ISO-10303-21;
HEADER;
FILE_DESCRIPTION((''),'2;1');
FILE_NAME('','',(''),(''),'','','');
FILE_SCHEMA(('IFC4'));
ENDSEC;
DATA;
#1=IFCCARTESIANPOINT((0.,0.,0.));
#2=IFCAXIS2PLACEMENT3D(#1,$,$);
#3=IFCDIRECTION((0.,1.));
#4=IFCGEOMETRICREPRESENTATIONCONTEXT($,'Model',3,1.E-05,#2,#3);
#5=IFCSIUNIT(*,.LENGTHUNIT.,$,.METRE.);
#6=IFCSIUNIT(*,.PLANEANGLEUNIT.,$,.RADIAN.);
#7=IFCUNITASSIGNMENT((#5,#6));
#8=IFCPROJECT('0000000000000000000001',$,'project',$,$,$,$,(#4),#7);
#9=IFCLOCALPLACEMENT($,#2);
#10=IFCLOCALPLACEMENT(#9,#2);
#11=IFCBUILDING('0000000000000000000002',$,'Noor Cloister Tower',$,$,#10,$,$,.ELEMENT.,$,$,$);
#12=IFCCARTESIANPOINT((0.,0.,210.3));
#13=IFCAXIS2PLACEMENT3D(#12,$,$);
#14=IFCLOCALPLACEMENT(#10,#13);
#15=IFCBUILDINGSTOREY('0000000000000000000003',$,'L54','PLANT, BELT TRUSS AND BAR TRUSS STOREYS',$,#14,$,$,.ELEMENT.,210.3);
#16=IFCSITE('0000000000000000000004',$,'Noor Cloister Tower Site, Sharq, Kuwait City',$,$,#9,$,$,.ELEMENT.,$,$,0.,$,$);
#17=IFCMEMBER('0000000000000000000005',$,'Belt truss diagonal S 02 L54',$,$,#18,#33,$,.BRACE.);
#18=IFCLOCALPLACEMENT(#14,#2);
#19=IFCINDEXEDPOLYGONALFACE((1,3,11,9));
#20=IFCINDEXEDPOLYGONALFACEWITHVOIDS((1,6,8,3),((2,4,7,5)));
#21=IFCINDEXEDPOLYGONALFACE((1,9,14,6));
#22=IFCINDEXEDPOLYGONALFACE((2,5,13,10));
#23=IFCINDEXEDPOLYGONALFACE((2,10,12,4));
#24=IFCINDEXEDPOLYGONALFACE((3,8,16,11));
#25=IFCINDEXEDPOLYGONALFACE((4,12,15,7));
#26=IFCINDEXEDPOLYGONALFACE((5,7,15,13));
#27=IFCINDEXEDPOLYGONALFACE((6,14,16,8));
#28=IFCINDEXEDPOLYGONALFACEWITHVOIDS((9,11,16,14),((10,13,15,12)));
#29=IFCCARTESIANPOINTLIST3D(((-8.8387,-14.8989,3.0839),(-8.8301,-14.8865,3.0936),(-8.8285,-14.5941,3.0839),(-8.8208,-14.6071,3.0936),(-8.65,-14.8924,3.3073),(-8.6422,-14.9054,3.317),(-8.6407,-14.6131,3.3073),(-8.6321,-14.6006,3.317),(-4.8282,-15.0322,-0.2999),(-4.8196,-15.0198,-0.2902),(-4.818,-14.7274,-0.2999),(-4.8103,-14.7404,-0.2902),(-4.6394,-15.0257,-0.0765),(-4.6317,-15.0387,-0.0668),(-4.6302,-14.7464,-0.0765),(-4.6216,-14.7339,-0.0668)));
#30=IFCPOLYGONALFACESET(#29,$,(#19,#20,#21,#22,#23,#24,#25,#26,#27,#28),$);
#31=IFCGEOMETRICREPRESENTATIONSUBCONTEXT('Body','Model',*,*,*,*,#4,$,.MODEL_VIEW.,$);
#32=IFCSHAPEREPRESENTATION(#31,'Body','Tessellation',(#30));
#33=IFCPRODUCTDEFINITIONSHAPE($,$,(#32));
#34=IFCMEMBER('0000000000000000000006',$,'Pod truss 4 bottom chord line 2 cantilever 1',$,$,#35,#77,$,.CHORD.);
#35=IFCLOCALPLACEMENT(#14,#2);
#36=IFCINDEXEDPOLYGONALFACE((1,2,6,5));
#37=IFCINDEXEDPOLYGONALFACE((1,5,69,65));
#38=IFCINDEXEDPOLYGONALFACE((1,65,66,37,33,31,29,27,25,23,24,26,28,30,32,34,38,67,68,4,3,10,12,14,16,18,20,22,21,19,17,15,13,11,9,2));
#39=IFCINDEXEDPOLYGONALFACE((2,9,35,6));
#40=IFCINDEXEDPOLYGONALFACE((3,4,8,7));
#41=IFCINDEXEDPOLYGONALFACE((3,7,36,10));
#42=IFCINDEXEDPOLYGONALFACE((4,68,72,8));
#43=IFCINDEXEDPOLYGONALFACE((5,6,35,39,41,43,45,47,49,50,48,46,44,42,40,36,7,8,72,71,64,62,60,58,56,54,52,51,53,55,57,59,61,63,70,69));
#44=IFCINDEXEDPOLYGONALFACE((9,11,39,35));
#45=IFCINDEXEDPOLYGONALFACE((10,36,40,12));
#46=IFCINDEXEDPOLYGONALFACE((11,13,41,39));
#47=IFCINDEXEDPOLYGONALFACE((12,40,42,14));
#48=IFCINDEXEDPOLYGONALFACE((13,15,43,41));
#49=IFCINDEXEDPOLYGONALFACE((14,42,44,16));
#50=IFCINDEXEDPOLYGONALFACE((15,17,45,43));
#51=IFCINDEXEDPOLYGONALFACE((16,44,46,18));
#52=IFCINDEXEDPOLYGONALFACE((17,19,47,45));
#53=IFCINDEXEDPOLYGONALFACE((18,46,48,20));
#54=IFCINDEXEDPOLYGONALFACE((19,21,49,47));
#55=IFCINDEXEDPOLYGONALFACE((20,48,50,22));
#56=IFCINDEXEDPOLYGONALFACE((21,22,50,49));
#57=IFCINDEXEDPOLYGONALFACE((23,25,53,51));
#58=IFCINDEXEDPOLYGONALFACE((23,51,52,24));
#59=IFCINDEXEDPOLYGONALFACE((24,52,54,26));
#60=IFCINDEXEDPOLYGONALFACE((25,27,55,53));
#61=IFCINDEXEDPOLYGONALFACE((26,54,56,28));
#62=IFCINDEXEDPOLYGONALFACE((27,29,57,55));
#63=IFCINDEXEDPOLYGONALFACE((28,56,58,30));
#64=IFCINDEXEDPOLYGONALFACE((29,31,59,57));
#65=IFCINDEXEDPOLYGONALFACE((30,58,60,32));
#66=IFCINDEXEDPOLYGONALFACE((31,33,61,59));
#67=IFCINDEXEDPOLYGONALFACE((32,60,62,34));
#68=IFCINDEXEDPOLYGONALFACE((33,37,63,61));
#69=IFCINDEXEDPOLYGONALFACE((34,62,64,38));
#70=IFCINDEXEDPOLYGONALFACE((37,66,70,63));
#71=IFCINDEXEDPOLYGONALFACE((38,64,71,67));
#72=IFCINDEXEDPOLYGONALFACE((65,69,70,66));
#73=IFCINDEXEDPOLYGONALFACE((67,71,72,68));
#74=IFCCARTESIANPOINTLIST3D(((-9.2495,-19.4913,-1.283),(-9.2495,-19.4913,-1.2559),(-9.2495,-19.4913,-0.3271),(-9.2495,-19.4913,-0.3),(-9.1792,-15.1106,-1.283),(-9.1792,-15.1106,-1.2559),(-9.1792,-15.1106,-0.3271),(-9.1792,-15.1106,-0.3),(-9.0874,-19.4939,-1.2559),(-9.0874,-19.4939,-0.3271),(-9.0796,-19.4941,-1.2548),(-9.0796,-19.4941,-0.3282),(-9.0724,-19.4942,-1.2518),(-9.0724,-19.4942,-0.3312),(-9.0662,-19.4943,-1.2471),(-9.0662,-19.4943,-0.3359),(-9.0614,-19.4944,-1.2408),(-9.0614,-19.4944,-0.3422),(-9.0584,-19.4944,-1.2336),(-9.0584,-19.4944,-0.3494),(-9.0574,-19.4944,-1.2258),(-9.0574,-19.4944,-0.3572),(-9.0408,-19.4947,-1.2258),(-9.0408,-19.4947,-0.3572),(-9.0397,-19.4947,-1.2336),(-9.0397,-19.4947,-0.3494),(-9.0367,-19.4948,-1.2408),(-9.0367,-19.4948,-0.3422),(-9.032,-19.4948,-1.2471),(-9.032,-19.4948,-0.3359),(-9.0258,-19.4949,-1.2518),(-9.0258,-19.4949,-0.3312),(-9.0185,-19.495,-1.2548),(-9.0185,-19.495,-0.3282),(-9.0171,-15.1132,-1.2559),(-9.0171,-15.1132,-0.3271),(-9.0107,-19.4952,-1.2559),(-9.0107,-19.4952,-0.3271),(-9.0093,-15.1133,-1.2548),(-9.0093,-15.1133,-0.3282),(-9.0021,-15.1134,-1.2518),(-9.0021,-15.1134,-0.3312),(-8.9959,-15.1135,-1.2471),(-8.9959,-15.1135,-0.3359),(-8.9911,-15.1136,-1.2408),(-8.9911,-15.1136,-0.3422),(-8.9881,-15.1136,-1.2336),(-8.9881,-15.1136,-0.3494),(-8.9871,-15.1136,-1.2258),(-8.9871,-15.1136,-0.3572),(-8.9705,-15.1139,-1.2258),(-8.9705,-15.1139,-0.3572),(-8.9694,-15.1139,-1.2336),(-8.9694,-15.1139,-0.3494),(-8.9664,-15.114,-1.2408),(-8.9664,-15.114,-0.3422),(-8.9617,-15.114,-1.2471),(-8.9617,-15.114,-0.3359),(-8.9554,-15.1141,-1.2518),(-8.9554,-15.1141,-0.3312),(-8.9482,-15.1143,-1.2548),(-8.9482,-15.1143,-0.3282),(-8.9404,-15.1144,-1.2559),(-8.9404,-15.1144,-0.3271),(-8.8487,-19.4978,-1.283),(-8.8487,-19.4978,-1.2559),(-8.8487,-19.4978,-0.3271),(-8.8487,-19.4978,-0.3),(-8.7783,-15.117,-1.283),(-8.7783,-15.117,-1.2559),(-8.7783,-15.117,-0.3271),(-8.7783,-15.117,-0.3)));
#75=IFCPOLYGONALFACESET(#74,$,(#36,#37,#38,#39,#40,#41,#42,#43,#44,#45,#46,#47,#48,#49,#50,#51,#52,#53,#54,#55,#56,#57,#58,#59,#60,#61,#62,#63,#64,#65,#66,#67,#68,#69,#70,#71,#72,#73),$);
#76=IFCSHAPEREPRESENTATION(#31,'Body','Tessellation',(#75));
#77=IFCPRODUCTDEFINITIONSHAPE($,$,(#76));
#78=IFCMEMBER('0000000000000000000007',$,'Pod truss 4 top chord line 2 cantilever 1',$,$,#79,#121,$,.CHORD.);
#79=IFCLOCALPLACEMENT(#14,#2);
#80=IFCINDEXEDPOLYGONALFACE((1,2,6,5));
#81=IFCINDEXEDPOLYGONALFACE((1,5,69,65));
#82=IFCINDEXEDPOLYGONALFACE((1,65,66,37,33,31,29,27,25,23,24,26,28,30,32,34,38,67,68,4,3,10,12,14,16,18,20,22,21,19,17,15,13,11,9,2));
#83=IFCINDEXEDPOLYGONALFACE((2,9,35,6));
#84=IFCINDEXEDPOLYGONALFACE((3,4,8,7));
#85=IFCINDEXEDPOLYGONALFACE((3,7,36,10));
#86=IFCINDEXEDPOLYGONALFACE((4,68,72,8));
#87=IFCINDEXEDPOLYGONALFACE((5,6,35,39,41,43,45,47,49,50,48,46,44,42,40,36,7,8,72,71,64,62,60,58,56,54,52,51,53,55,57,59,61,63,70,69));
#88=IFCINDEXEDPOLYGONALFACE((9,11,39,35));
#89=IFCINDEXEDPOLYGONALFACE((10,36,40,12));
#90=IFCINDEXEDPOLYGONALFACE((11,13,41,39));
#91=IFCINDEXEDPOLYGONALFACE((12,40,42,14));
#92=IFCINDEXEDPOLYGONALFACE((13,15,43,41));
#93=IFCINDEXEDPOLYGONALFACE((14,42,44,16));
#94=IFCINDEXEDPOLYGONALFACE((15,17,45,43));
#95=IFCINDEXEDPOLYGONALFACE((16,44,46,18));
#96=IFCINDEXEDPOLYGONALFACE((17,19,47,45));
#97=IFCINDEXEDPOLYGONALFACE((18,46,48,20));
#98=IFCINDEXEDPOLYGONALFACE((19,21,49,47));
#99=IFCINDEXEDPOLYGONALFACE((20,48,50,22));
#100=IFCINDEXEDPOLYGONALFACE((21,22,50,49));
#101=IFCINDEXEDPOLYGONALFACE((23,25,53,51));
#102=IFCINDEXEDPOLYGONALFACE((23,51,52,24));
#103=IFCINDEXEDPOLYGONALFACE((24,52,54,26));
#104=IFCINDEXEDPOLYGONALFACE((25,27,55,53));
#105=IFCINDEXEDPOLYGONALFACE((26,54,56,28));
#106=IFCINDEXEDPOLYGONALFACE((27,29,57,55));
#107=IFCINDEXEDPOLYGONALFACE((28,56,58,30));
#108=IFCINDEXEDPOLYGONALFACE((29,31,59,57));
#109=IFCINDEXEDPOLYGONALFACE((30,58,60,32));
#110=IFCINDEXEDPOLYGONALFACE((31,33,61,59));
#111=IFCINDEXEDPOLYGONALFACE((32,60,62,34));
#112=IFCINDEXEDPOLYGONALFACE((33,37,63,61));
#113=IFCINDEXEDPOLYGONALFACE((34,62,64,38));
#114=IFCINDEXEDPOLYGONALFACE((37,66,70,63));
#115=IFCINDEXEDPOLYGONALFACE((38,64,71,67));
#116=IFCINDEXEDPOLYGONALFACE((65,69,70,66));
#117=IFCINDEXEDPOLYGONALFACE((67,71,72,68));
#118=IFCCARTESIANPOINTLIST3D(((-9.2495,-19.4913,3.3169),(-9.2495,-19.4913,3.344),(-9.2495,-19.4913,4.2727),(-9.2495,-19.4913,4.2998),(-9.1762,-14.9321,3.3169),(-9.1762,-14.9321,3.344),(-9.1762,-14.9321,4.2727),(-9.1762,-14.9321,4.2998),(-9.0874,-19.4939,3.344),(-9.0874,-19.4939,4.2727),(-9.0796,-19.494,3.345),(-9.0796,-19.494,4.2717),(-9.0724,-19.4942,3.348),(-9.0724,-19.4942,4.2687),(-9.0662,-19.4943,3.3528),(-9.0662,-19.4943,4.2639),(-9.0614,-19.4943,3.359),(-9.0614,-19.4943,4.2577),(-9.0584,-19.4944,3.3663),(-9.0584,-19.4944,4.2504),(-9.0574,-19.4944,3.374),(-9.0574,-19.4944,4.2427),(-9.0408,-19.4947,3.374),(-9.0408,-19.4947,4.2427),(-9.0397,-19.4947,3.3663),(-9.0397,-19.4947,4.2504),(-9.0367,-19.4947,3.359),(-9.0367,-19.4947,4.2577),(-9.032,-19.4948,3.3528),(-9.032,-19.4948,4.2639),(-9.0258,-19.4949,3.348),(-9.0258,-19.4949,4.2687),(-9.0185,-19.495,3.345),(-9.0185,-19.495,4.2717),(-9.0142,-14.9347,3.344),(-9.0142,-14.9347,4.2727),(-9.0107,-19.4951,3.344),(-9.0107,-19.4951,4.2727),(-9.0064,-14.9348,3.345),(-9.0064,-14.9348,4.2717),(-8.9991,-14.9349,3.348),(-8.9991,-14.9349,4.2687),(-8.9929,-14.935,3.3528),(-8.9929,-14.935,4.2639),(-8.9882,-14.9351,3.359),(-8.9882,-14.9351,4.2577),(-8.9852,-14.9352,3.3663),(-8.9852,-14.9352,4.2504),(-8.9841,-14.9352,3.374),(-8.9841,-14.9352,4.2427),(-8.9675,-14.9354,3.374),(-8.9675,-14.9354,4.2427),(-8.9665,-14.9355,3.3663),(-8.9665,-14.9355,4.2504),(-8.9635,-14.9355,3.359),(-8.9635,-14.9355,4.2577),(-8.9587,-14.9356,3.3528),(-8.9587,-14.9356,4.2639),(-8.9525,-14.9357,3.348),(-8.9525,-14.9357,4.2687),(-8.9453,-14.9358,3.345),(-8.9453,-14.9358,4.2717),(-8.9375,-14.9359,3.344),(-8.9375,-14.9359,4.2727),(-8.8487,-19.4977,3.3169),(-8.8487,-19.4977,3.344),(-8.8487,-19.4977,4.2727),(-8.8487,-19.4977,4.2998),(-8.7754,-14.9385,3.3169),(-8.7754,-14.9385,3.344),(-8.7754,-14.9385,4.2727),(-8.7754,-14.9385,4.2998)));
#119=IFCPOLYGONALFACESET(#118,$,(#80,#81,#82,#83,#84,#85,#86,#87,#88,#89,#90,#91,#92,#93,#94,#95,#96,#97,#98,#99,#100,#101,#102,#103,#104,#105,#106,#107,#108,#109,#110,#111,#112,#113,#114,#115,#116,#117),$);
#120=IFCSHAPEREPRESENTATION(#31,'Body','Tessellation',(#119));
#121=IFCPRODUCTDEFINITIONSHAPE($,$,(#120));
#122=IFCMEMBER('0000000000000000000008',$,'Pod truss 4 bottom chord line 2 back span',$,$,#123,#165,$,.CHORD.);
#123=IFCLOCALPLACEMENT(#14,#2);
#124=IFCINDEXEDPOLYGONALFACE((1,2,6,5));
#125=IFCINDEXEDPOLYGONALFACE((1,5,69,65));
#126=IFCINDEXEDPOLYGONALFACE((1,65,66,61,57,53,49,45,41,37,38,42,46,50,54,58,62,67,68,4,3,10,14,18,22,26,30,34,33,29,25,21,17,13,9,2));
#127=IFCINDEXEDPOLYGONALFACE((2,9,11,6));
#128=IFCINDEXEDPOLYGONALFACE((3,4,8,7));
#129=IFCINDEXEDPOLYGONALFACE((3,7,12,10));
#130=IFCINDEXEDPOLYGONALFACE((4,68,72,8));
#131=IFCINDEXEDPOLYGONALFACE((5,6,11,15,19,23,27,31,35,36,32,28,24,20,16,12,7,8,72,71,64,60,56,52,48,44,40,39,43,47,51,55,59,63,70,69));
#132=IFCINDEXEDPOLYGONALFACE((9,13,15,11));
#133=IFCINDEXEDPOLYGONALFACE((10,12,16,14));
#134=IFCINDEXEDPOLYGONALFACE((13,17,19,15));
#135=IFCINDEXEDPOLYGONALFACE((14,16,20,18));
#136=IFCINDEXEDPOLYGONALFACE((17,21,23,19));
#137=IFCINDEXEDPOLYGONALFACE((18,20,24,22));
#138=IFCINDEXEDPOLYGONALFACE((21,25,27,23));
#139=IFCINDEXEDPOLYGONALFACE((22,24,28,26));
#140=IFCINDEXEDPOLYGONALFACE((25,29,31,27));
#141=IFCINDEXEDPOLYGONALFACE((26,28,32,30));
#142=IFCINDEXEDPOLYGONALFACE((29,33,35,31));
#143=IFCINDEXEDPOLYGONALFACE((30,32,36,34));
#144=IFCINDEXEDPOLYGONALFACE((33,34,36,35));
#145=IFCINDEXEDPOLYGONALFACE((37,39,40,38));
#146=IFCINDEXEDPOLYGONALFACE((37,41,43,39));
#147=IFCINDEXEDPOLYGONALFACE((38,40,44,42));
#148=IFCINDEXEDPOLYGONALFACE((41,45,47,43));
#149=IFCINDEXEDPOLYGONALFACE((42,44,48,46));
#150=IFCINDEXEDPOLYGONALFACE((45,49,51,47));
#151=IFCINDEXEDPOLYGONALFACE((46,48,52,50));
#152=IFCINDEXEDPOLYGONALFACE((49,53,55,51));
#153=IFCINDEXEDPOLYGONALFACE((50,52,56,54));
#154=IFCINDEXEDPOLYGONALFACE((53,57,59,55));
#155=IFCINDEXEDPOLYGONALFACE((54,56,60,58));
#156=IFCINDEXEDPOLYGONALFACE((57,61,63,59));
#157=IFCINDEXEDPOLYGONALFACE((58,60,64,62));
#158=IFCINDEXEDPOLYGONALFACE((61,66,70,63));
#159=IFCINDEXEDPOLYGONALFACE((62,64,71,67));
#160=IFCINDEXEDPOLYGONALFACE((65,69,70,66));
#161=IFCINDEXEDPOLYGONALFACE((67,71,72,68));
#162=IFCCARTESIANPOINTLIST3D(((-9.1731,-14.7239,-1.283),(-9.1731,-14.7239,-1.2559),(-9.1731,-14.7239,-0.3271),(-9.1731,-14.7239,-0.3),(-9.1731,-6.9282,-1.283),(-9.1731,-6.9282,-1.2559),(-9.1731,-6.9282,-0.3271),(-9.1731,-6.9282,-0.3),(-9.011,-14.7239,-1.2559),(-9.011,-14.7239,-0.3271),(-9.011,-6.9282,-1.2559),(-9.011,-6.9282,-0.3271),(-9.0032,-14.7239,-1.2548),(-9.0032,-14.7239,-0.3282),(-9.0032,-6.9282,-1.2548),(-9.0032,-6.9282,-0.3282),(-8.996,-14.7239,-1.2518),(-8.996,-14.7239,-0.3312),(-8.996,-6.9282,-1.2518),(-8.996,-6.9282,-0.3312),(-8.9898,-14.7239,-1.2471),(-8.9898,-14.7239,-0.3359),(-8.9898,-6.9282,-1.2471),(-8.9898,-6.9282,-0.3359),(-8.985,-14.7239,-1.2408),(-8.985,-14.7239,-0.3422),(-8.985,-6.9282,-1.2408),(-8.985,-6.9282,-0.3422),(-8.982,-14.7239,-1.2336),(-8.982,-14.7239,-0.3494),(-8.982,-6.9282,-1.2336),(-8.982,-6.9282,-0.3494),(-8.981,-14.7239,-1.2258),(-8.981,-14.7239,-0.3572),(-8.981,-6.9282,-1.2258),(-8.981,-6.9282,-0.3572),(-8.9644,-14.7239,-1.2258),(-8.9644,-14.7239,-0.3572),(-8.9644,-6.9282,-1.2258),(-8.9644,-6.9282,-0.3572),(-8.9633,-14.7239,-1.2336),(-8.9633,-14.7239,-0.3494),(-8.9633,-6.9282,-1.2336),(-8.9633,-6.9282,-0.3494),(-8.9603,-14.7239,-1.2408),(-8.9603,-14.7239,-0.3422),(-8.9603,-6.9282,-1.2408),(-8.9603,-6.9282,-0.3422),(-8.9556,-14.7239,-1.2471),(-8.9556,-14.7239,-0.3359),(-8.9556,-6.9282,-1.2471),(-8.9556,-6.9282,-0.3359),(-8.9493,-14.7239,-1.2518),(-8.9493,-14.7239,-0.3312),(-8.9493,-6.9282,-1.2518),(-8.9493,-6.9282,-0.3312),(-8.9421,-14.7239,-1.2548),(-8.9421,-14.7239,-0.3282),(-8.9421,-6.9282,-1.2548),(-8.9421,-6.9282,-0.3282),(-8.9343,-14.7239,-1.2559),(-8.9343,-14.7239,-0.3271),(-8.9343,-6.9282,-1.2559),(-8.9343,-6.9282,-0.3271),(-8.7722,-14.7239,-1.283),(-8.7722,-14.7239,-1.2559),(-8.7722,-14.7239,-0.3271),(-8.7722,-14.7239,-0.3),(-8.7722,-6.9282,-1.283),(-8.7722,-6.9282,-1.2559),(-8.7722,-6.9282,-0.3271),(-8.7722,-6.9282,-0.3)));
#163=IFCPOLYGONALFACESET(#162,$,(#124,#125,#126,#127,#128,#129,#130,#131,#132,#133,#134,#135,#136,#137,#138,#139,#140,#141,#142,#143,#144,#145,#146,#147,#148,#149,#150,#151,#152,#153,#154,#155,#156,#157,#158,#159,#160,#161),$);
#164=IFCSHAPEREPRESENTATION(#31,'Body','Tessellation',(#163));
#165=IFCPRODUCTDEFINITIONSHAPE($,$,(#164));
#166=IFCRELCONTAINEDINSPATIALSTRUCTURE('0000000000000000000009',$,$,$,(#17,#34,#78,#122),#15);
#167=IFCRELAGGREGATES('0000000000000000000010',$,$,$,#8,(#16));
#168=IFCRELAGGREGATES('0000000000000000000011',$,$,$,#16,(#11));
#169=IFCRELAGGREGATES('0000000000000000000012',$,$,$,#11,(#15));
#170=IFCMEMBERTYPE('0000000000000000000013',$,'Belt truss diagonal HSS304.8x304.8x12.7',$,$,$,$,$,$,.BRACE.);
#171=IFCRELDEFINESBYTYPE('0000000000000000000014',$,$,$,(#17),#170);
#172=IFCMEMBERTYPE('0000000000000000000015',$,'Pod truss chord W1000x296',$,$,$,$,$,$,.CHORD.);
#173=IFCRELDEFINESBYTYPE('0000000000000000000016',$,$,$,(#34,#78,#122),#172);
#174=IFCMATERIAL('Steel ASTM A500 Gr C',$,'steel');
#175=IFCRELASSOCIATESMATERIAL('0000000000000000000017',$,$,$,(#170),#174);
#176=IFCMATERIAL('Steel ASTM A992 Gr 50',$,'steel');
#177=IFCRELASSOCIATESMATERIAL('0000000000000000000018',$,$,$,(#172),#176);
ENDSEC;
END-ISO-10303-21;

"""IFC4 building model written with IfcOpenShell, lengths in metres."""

from ifc_helpers import new_model, si_unit, direction, frame, origin, origin_2d, place, context, subcontext, project, spatial, hollow_rectangle, i_section, extrude, material, material_profile, profile_set, type_object, element, save


model = new_model("IFC4")

# Units and contexts
model_context = context("Model", 3, precision=1e-05, world=origin(), true_north=direction((0.0, 1.0)))
body_context = subcontext(model_context, "Body", "Model", "MODEL_VIEW")
ifc_project = project(units=[si_unit("LENGTHUNIT", "METRE"), si_unit("PLANEANGLEUNIT", "RADIAN")], contexts=[model_context])

# Site, building, storey
site_placement = place(None, origin())
site = spatial("IfcSite", under=ifc_project, at=site_placement, Name="Noor Cloister Tower Site, Sharq, Kuwait City", CompositionType="ELEMENT", RefElevation=0.0)
building_placement = place(site_placement, origin())
building = spatial("IfcBuilding", under=site, at=building_placement, Name="Noor Cloister Tower", CompositionType="ELEMENT")
storey_placement = place(building_placement, frame((0.0, 0.0, 210.3)))
storey = spatial("IfcBuildingStorey", under=building, at=storey_placement, Name="L54", Description="PLANT, BELT TRUSS AND BAR TRUSS STOREYS", CompositionType="ELEMENT", Elevation=210.3)

# Members
ifc_material_1 = material(Name="Steel ASTM A500 Gr C", Category="steel")
ifc_material_profile_1 = material_profile(ifc_material_1, hollow_rectangle(XDim=0.3049, YDim=0.3049, WallThickness=0.0127, at=origin_2d()), Name="HSS304.8x304.8x12.7")
ifc_profile_set_1 = profile_set([ifc_material_profile_1], Name="Steel ASTM A500 Gr C")
member_type_1 = type_object("IfcMemberType", Name="Belt truss diagonal HSS304.8x304.8x12.7", PredefinedType="BRACE", material=ifc_profile_set_1)
member_1_placement = place(storey_placement, frame((-4.7249, -14.8831, -0.1833), z_axis=(-0.764051, 0.025396, 0.644655), x_axis=(-0.03322, -0.999448, 0.0)))
element("IfcMember", 1, at=member_1_placement, inside=storey, type_object=member_type_1, Name="Belt truss diagonal S 02 L54", PredefinedType="BRACE", context=body_context, shape_type="SweptSolid", body=[
    extrude(hollow_rectangle(XDim=0.3049, YDim=0.3049, WallThickness=0.0127, at=origin_2d()), origin(), (0.0, 0.0, 1.0), 5.249),
])
ifc_material_2 = material(Name="Steel ASTM A992 Gr 50", Category="steel")
ifc_material_profile_2 = material_profile(ifc_material_2, i_section(OverallWidth=0.4009, OverallDepth=0.9829, WebThickness=0.0166, FlangeThickness=0.0271, FilletRadius=0.03, at=origin_2d()), Name="W1000x296")
ifc_profile_set_2 = profile_set([ifc_material_profile_2], Name="Steel ASTM A992 Gr 50")
member_type_2 = type_object("IfcMemberType", Name="Pod truss chord W1000x296", PredefinedType="CHORD", material=ifc_profile_set_2)
member_2_placement = place(storey_placement, frame((-8.9788, -15.1138, -0.7915), z_axis=(-0.016048, -0.999871, 0.0), x_axis=(0.999871, -0.016048, 0.0)))
element("IfcMember", 2, at=member_2_placement, inside=storey, type_object=member_type_2, Name="Pod truss 4 bottom chord line 2 cantilever 1", PredefinedType="CHORD", context=body_context, shape_type="SweptSolid", body=[
    extrude(i_section(OverallWidth=0.4009, OverallDepth=0.9829, WebThickness=0.0166, FlangeThickness=0.0271, FilletRadius=0.03, at=origin_2d()), origin(), (0.0, 0.0, 1.0), 4.3813),
])
member_3_placement = place(storey_placement, frame((-8.9758, -14.9353, 3.8083), z_axis=(-0.016062, -0.999871, 0.0), x_axis=(0.999871, -0.016062, 0.0)))
element("IfcMember", 3, at=member_3_placement, inside=storey, type_object=member_type_2, Name="Pod truss 4 top chord line 2 cantilever 1", PredefinedType="CHORD", context=body_context, shape_type="SweptSolid", body=[
    extrude(i_section(OverallWidth=0.4009, OverallDepth=0.9829, WebThickness=0.0166, FlangeThickness=0.0271, FilletRadius=0.03, at=origin_2d()), origin(), (0.0, 0.0, 1.0), 4.5598),
])
member_4_placement = place(storey_placement, frame((-8.9727, -14.7239, -0.7915), z_axis=(0.0, 1.0, 0.0), x_axis=(-1.0, 0.0, 0.0)))
element("IfcMember", 4, at=member_4_placement, inside=storey, type_object=member_type_2, Name="Pod truss 4 bottom chord line 2 back span", PredefinedType="CHORD", context=body_context, shape_type="SweptSolid", body=[
    extrude(i_section(OverallWidth=0.4009, OverallDepth=0.9829, WebThickness=0.0166, FlangeThickness=0.0271, FilletRadius=0.03, at=origin_2d()), origin(), (0.0, 0.0, 1.0), 7.7957),
])

save(model, "model.ifc")
